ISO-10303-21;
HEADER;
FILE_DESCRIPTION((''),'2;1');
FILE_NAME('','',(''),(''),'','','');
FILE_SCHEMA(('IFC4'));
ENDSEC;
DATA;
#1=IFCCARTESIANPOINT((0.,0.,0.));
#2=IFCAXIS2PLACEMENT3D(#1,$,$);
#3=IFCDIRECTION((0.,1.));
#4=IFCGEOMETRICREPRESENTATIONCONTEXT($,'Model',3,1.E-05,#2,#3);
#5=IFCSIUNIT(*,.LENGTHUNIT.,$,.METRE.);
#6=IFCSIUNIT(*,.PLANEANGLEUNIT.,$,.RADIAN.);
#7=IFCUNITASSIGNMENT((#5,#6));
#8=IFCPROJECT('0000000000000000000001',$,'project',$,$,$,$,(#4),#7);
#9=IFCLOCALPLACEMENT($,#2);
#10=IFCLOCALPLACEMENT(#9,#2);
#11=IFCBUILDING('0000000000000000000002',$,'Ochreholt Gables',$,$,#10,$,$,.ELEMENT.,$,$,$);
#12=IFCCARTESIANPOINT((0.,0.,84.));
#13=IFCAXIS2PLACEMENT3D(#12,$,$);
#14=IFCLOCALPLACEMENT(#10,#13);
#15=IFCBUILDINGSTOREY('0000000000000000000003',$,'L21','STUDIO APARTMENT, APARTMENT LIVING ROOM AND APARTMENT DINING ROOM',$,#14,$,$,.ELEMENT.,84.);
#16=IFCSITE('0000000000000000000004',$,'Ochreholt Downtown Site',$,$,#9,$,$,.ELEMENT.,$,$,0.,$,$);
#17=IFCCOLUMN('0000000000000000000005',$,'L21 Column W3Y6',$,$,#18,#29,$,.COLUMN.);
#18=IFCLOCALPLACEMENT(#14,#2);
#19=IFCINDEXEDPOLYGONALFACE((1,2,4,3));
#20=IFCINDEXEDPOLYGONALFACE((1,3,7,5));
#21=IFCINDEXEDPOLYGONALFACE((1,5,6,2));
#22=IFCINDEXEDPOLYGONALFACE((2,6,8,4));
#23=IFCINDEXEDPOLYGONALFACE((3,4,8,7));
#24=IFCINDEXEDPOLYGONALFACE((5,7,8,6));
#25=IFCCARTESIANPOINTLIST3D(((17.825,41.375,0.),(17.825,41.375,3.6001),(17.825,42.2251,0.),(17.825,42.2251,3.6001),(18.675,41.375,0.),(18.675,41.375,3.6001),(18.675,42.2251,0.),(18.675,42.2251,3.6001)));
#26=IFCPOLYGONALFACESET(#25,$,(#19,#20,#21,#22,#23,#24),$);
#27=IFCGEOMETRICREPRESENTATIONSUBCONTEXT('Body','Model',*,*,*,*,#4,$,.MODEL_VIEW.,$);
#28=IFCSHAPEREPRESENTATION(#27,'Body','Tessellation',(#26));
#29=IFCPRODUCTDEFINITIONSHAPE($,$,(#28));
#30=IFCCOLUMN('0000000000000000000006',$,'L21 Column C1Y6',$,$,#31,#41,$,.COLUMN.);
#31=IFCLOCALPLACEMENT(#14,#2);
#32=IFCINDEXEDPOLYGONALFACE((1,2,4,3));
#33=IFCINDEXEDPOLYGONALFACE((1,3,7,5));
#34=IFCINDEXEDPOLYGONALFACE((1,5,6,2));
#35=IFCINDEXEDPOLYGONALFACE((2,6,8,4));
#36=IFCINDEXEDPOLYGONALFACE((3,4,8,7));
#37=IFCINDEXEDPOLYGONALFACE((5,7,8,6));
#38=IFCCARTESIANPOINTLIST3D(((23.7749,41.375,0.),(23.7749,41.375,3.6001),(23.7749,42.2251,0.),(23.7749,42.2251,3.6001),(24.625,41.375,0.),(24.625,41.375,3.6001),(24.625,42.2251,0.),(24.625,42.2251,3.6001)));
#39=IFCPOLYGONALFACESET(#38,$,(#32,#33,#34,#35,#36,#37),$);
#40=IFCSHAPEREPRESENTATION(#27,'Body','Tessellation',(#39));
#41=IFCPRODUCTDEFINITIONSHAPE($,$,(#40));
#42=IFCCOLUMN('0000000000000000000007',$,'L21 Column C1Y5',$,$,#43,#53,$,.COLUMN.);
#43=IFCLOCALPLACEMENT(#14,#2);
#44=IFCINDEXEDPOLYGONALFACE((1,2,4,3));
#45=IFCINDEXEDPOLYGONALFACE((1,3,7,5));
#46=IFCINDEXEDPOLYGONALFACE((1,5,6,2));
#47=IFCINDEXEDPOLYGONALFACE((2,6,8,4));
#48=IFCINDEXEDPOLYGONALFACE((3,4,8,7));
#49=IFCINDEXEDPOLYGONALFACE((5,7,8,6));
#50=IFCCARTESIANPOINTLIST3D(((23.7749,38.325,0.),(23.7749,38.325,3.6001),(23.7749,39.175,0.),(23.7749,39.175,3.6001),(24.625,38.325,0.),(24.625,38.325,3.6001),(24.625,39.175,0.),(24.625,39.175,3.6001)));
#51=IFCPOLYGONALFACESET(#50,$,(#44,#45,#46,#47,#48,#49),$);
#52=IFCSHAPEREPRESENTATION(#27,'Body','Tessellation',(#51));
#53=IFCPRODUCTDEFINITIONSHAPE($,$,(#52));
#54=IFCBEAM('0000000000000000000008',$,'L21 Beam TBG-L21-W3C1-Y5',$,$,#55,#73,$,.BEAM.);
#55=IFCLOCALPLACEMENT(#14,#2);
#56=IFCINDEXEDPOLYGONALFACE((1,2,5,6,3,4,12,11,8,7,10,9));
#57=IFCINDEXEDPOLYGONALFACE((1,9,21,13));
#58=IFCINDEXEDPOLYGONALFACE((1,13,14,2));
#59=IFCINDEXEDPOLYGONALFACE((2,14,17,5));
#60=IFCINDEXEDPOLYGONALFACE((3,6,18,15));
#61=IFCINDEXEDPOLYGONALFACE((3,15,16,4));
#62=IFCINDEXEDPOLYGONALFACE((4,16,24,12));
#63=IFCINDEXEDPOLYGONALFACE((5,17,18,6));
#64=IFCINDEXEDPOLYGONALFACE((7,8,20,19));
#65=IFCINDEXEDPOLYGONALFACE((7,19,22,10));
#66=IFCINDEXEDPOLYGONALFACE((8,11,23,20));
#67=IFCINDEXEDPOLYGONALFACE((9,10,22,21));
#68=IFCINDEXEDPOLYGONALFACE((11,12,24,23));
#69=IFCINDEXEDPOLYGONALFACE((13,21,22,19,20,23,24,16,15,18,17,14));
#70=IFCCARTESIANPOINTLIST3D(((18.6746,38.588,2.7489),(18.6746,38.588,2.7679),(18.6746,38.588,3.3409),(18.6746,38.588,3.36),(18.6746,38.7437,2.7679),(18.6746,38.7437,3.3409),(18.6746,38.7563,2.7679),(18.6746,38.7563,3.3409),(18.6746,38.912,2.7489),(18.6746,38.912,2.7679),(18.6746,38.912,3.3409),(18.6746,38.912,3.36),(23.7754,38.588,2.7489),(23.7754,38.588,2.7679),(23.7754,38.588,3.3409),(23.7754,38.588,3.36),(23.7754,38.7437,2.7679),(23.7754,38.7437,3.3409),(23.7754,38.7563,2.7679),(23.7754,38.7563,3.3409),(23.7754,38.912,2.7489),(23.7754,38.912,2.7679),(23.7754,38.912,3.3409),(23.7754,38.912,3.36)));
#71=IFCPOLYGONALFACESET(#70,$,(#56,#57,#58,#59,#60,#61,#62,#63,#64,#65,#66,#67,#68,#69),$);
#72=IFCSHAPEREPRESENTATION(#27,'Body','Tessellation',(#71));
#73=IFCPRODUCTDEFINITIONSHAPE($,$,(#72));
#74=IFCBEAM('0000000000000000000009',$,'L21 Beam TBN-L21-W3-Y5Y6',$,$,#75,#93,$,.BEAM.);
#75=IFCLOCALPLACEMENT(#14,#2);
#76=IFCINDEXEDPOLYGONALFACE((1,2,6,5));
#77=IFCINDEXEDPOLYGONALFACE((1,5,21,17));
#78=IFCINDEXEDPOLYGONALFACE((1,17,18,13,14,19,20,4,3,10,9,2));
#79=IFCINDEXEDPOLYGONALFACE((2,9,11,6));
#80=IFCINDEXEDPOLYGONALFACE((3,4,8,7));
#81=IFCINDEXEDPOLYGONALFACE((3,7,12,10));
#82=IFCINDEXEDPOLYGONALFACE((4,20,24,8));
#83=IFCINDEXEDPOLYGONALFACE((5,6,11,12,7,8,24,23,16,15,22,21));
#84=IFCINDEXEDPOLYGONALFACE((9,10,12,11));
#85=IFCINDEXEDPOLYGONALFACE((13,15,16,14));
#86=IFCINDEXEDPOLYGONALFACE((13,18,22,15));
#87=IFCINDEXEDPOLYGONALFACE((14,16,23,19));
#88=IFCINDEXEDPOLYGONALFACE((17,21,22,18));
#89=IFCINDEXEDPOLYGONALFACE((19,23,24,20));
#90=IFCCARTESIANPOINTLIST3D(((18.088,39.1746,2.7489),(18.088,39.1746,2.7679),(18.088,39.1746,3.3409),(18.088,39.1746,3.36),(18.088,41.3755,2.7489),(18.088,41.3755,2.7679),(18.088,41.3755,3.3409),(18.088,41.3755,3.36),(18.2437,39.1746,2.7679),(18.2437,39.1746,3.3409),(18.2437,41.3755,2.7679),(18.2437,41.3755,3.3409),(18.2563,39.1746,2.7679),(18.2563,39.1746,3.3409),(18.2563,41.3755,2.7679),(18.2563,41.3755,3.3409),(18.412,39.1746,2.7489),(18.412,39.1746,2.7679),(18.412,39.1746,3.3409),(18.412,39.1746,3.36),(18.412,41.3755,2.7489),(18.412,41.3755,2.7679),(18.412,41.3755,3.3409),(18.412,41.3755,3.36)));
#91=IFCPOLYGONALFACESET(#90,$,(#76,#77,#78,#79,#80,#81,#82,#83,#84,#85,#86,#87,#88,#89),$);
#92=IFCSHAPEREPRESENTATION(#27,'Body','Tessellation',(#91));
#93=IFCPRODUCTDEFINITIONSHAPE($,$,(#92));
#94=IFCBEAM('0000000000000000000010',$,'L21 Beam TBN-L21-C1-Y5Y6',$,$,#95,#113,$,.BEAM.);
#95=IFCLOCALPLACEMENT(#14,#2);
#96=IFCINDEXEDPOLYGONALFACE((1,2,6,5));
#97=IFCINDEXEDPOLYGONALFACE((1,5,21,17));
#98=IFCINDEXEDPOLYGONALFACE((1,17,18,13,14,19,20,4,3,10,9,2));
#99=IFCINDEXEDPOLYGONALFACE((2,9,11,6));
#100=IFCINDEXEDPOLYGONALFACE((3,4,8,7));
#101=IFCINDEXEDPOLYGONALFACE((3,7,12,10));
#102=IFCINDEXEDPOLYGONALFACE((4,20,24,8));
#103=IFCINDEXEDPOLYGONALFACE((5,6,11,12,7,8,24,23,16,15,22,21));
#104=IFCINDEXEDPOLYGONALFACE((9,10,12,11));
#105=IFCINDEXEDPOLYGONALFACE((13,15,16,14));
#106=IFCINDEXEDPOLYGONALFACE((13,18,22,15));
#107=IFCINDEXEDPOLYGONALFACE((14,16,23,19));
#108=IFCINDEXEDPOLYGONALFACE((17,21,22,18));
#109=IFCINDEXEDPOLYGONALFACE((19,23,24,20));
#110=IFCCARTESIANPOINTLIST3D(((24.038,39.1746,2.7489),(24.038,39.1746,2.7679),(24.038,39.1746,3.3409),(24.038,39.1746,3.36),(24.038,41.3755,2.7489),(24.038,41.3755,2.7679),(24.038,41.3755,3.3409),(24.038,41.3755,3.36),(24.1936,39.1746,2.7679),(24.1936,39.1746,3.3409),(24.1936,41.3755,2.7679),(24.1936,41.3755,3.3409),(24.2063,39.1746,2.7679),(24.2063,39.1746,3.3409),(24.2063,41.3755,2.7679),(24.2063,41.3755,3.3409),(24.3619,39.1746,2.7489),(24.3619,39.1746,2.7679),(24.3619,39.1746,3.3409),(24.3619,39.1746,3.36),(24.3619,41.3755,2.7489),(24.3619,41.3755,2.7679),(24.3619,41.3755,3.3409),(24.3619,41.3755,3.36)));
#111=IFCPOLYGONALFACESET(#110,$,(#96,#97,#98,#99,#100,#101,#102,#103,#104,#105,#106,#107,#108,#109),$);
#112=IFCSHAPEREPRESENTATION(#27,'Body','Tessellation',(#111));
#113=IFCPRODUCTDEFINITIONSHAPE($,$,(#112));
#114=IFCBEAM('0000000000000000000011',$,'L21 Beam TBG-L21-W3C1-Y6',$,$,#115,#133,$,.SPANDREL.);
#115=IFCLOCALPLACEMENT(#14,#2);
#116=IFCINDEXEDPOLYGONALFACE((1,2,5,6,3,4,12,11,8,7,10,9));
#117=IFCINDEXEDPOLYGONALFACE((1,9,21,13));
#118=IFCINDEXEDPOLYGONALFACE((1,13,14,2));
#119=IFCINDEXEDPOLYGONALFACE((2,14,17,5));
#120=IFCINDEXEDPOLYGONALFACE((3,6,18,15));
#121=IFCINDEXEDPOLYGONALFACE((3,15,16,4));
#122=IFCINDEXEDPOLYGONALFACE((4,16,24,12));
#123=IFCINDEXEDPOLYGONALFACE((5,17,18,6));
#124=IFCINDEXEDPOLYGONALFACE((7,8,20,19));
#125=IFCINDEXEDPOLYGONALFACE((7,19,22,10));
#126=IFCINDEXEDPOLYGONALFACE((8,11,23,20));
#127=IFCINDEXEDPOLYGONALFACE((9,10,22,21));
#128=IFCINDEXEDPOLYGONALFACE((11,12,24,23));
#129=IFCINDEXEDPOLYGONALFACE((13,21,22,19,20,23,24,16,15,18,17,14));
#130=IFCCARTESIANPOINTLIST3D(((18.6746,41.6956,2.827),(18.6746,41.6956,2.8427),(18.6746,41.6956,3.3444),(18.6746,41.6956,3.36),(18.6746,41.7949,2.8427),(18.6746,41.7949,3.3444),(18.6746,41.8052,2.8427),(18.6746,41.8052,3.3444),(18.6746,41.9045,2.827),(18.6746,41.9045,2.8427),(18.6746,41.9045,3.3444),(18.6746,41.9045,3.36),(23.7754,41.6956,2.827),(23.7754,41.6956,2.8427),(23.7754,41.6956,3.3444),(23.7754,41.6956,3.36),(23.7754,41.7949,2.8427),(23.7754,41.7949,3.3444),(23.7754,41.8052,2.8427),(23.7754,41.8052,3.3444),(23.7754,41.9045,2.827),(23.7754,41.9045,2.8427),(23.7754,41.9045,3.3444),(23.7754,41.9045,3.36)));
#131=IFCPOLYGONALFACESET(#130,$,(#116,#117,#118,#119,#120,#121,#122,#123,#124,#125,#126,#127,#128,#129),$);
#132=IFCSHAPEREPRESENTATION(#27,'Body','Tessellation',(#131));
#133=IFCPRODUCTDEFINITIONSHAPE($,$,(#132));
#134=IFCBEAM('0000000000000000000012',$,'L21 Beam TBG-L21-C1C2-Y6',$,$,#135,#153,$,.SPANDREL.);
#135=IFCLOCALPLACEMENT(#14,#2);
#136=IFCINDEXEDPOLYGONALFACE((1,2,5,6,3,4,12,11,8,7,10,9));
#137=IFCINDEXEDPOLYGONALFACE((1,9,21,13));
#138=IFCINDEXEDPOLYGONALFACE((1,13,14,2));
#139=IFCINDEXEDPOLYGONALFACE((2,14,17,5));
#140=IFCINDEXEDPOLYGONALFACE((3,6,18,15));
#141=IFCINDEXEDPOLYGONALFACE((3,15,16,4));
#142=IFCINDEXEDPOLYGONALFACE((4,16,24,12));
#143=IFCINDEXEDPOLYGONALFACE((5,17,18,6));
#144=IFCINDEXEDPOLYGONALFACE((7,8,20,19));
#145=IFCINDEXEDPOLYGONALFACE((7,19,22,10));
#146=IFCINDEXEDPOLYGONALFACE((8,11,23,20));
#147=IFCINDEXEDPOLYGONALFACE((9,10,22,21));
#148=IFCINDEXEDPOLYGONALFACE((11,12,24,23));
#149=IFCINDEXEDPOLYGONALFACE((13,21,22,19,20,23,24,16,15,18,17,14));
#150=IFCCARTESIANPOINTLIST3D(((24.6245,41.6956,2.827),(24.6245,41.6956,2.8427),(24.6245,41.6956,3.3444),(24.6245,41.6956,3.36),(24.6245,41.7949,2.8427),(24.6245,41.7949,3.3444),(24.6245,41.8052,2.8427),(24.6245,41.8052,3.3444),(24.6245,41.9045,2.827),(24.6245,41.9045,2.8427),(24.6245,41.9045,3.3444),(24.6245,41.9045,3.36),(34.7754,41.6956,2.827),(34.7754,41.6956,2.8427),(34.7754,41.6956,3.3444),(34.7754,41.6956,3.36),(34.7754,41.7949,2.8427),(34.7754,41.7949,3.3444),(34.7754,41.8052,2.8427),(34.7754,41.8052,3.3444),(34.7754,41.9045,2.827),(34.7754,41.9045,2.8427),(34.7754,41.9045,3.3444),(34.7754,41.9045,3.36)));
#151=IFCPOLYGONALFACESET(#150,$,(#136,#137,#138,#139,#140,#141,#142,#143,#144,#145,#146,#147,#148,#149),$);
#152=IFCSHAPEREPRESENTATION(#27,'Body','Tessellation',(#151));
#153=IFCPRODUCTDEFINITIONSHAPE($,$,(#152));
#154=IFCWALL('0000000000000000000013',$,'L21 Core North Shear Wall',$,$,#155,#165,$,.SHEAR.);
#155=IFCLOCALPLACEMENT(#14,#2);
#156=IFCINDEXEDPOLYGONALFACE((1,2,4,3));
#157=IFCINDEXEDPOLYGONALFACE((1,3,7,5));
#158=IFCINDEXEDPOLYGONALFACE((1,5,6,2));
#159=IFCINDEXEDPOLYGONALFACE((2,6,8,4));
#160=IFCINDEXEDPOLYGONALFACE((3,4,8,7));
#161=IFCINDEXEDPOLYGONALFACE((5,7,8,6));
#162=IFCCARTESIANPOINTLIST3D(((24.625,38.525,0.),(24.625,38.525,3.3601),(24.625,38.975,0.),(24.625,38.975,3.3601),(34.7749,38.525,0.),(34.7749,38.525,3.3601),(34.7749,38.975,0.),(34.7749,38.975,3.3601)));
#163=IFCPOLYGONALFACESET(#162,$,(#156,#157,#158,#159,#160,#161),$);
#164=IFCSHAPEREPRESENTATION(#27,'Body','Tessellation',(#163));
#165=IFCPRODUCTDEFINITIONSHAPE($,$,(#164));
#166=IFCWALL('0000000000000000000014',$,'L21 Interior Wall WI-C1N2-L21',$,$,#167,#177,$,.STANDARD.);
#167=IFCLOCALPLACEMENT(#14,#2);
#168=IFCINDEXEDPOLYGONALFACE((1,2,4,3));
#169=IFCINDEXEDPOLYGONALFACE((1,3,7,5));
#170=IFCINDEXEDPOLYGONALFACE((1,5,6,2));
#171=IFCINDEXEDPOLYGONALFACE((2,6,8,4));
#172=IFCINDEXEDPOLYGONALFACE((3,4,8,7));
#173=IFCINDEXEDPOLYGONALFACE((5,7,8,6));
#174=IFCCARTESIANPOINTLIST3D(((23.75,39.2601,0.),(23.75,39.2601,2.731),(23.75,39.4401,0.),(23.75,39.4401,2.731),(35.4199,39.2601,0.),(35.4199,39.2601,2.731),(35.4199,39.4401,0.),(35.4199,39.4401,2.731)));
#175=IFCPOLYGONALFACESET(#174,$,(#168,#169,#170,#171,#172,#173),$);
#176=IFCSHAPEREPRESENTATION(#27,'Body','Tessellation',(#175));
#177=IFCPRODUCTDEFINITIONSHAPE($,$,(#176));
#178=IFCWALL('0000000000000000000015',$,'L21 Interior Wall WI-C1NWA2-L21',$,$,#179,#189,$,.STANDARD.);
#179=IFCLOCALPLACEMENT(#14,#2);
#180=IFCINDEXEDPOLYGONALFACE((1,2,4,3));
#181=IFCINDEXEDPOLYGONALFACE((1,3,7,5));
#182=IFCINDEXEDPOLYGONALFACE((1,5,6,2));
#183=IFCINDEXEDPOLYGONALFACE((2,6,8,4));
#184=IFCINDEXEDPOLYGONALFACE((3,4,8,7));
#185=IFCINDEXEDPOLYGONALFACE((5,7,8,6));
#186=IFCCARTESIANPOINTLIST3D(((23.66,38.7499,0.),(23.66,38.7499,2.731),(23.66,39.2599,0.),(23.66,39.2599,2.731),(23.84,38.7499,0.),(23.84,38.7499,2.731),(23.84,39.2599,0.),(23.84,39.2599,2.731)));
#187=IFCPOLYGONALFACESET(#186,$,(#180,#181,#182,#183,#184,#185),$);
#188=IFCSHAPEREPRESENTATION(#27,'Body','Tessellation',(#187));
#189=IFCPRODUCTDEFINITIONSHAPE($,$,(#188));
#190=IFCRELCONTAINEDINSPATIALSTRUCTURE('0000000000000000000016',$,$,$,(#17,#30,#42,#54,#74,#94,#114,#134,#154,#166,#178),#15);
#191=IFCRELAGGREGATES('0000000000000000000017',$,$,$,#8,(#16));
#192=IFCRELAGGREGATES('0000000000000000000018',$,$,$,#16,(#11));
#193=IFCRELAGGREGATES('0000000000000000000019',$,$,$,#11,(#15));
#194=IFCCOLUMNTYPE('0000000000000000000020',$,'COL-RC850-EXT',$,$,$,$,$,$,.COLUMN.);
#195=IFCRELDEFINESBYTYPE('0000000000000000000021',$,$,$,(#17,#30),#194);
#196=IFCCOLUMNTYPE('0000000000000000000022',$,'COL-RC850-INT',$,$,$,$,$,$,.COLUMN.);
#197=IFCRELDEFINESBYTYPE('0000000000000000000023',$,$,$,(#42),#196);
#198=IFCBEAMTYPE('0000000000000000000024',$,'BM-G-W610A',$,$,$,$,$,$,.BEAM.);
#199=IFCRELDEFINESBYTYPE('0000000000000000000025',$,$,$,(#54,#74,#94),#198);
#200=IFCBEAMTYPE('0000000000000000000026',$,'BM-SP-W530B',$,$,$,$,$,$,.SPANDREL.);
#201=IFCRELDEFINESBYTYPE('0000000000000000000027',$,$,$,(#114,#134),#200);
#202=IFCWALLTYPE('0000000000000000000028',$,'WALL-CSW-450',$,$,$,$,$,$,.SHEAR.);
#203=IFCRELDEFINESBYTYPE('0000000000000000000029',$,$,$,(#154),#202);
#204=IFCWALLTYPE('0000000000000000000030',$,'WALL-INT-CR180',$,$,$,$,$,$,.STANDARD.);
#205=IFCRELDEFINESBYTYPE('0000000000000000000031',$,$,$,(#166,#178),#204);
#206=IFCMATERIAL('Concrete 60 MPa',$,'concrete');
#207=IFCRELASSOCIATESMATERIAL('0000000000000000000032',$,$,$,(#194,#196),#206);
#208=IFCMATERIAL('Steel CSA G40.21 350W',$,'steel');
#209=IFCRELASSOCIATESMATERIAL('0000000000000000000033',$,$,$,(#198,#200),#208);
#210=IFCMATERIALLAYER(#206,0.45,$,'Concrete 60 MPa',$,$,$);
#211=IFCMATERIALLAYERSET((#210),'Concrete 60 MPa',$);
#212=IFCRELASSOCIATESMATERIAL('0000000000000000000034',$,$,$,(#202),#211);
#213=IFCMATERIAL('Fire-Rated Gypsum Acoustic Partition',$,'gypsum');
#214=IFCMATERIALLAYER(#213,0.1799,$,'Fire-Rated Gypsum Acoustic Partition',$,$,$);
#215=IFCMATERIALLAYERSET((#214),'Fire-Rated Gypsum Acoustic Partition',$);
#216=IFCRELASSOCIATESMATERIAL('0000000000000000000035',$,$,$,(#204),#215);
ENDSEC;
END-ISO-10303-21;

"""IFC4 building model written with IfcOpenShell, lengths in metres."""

from ifc_helpers import new_model, si_unit, direction, frame, frame_2d, origin, origin_2d, place, context, subcontext, project, spatial, rectangle, i_section, extrude, material, layer, layer_set, material_profile, profile_set, type_object, element, save


model = new_model("IFC4")

# Units and contexts
model_context = context("Model", 3, precision=1e-05, world=origin(), true_north=direction((0.0, 1.0)))
body_context = subcontext(model_context, "Body", "Model", "MODEL_VIEW")
ifc_project = project(units=[si_unit("LENGTHUNIT", "METRE"), si_unit("PLANEANGLEUNIT", "RADIAN")], contexts=[model_context])

# Site, building, storey
site_placement = place(None, origin())
site = spatial("IfcSite", under=ifc_project, at=site_placement, Name="Ochreholt Downtown Site", CompositionType="ELEMENT", RefElevation=0.0)
building_placement = place(site_placement, origin())
building = spatial("IfcBuilding", under=site, at=building_placement, Name="Ochreholt Gables", CompositionType="ELEMENT")
storey_placement = place(building_placement, frame((0.0, 0.0, 84.0)))
storey = spatial("IfcBuildingStorey", under=building, at=storey_placement, Name="L21", Description="STUDIO APARTMENT, APARTMENT LIVING ROOM AND APARTMENT DINING ROOM", CompositionType="ELEMENT", Elevation=84.0)

# Columns
ifc_material_1 = material(Name="Concrete 60 MPa", Category="concrete")
ifc_material_profile_1 = material_profile(ifc_material_1, rectangle(XDim=0.8501, YDim=0.8501, at=origin_2d()), Name="RC850X850")
ifc_profile_set_1 = profile_set([ifc_material_profile_1], Name="Concrete 60 MPa")
column_type_1 = type_object("IfcColumnType", Name="COL-RC850-EXT", PredefinedType="COLUMN", material=ifc_profile_set_1)
for number, where, z_axis, x_axis, name in (
    (1, (18.25, 41.8, 0.0), (0.0, 0.0, 1.0), (1.0, 0.0, 0.0), "L21 Column W3Y6"),
    (2, (24.2, 41.8, 0.0), (0.0, 0.0, 1.0), (1.0, 0.0, 0.0), "L21 Column C1Y6"),
):
    element("IfcColumn", number, at=place(storey_placement, frame(where, z_axis=z_axis, x_axis=x_axis)), inside=storey, type_object=column_type_1, Name=name, PredefinedType="COLUMN", context=body_context, shape_type="SweptSolid", body=[
        extrude(rectangle(XDim=0.8501, YDim=0.8501, at=origin_2d()), origin(), (0.0, 0.0, 1.0), 3.6001),
    ])
ifc_material_profile_2 = material_profile(ifc_material_1, rectangle(XDim=0.8501, YDim=0.8501, at=origin_2d()), Name="RC850X850")
ifc_profile_set_2 = profile_set([ifc_material_profile_2], Name="Concrete 60 MPa")
column_type_2 = type_object("IfcColumnType", Name="COL-RC850-INT", PredefinedType="COLUMN", material=ifc_profile_set_2)
column_placement = place(storey_placement, frame((24.2, 38.75, 0.0), z_axis=(0.0, 0.0, 1.0), x_axis=(1.0, 0.0, 0.0)))
element("IfcColumn", 3, at=column_placement, inside=storey, type_object=column_type_2, Name="L21 Column C1Y5", PredefinedType="COLUMN", context=body_context, shape_type="SweptSolid", body=[
    extrude(rectangle(XDim=0.8501, YDim=0.8501, at=origin_2d()), origin(), (0.0, 0.0, 1.0), 3.6001),
])

# Beams
ifc_material_2 = material(Name="Steel CSA G40.21 350W", Category="steel")
ifc_material_profile_3 = material_profile(ifc_material_2, i_section(OverallWidth=0.324, OverallDepth=0.6111, WebThickness=0.0127, FlangeThickness=0.019, at=origin_2d()), Name="W610X155")
ifc_profile_set_3 = profile_set([ifc_material_profile_3], Name="Steel CSA G40.21 350W")
beam_type_1 = type_object("IfcBeamType", Name="BM-G-W610A", PredefinedType="BEAM", material=ifc_profile_set_3)
beam_1_placement = place(storey_placement, frame((18.6746, 38.75, 3.0544), z_axis=(1.0, 0.0, 0.0), x_axis=(0.0, 1.0, 0.0)))
element("IfcBeam", 4, at=beam_1_placement, inside=storey, type_object=beam_type_1, Name="L21 Beam TBG-L21-W3C1-Y5", PredefinedType="BEAM", context=body_context, shape_type="SweptSolid", body=[
    extrude(i_section(OverallWidth=0.324, OverallDepth=0.6111, WebThickness=0.0127, FlangeThickness=0.019, at=origin_2d()), origin(), (0.0, 0.0, 1.0), 5.1008),
])
for number, where, z_axis, x_axis, name in (
    (5, (18.25, 39.1746, 3.0544), (0.0, 1.0, 0.0), (-1.0, 0.0, 0.0), "L21 Beam TBN-L21-W3-Y5Y6"),
    (6, (24.2, 39.1746, 3.0544), (0.0, 1.0, 0.0), (-1.0, 0.0, 0.0), "L21 Beam TBN-L21-C1-Y5Y6"),
):
    element("IfcBeam", number, at=place(storey_placement, frame(where, z_axis=z_axis, x_axis=x_axis)), inside=storey, type_object=beam_type_1, Name=name, PredefinedType="BEAM", context=body_context, shape_type="SweptSolid", body=[
        extrude(i_section(OverallWidth=0.324, OverallDepth=0.6111, WebThickness=0.0127, FlangeThickness=0.019, at=origin_2d()), origin(), (0.0, 0.0, 1.0), 2.2009),
    ])
ifc_material_profile_4 = material_profile(ifc_material_2, i_section(OverallWidth=0.209, OverallDepth=0.533, WebThickness=0.0103, FlangeThickness=0.0156, at=origin_2d()), Name="W530X92")
ifc_profile_set_4 = profile_set([ifc_material_profile_4], Name="Steel CSA G40.21 350W")
beam_type_2 = type_object("IfcBeamType", Name="BM-SP-W530B", PredefinedType="SPANDREL", material=ifc_profile_set_4)
beam_2_placement = place(storey_placement, frame((18.6746, 41.8, 3.0935), z_axis=(1.0, 0.0, 0.0), x_axis=(0.0, 1.0, 0.0)))
element("IfcBeam", 7, at=beam_2_placement, inside=storey, type_object=beam_type_2, Name="L21 Beam TBG-L21-W3C1-Y6", PredefinedType="SPANDREL", context=body_context, shape_type="SweptSolid", body=[
    extrude(i_section(OverallWidth=0.209, OverallDepth=0.533, WebThickness=0.0103, FlangeThickness=0.0156, at=origin_2d()), origin(), (0.0, 0.0, 1.0), 5.1008),
])
beam_3_placement = place(storey_placement, frame((24.6245, 41.8, 3.0935), z_axis=(1.0, 0.0, 0.0), x_axis=(0.0, 1.0, 0.0)))
element("IfcBeam", 8, at=beam_3_placement, inside=storey, type_object=beam_type_2, Name="L21 Beam TBG-L21-C1C2-Y6", PredefinedType="SPANDREL", context=body_context, shape_type="SweptSolid", body=[
    extrude(i_section(OverallWidth=0.209, OverallDepth=0.533, WebThickness=0.0103, FlangeThickness=0.0156, at=origin_2d()), origin(), (0.0, 0.0, 1.0), 10.1509),
])

# Wall
ifc_layer_1 = layer(ifc_material_1, 0.45, Name="Concrete 60 MPa")
ifc_layer_set_1 = layer_set([ifc_layer_1], Name="Concrete 60 MPa")
wall_type_1 = type_object("IfcWallType", Name="WALL-CSW-450", PredefinedType="SHEAR", material=ifc_layer_set_1)
wall_1_placement = place(storey_placement, frame((24.625, 38.75, 0.0), z_axis=(0.0, 0.0, 1.0), x_axis=(1.0, 0.0, 0.0)))
element("IfcWall", 9, at=wall_1_placement, inside=storey, type_object=wall_type_1, Name="L21 Core North Shear Wall", PredefinedType="SHEAR", context=body_context, shape_type="SweptSolid", body=[
    extrude(rectangle(XDim=10.1499, YDim=0.45, at=frame_2d((5.075, 0.0))), origin(), (0.0, 0.0, 1.0), 3.3601),
])

# Shared definitions
ifc_material_3 = material(Name="Fire-Rated Gypsum Acoustic Partition", Category="gypsum")
ifc_layer_2 = layer(ifc_material_3, 0.1799, Name="Fire-Rated Gypsum Acoustic Partition")
ifc_layer_set_2 = layer_set([ifc_layer_2], Name="Fire-Rated Gypsum Acoustic Partition")
wall_type_2 = type_object("IfcWallType", Name="WALL-INT-CR180", PredefinedType="STANDARD", material=ifc_layer_set_2)

# Walls
wall_2_placement = place(storey_placement, frame((23.75, 39.3501, 0.0), z_axis=(0.0, 0.0, 1.0), x_axis=(1.0, 0.0, 0.0)))
element("IfcWall", 10, at=wall_2_placement, inside=storey, type_object=wall_type_2, Name="L21 Interior Wall WI-C1N2-L21", PredefinedType="STANDARD", context=body_context, shape_type="SweptSolid", body=[
    extrude(rectangle(XDim=11.6699, YDim=0.1799, at=frame_2d((5.835, 0.0))), origin(), (0.0, 0.0, 1.0), 2.731),
])
wall_3_placement = place(storey_placement, frame((23.75, 38.75, 0.0), z_axis=(0.0, 0.0, 1.0), x_axis=(0.0, 1.0, 0.0)))
element("IfcWall", 11, at=wall_3_placement, inside=storey, type_object=wall_type_2, Name="L21 Interior Wall WI-C1NWA2-L21", PredefinedType="STANDARD", context=body_context, shape_type="SweptSolid", body=[
    extrude(rectangle(XDim=0.51, YDim=0.1799, at=frame_2d((0.2549, 0.0))), origin(), (0.0, 0.0, 1.0), 2.731),
])

save(model, "model.ifc")
